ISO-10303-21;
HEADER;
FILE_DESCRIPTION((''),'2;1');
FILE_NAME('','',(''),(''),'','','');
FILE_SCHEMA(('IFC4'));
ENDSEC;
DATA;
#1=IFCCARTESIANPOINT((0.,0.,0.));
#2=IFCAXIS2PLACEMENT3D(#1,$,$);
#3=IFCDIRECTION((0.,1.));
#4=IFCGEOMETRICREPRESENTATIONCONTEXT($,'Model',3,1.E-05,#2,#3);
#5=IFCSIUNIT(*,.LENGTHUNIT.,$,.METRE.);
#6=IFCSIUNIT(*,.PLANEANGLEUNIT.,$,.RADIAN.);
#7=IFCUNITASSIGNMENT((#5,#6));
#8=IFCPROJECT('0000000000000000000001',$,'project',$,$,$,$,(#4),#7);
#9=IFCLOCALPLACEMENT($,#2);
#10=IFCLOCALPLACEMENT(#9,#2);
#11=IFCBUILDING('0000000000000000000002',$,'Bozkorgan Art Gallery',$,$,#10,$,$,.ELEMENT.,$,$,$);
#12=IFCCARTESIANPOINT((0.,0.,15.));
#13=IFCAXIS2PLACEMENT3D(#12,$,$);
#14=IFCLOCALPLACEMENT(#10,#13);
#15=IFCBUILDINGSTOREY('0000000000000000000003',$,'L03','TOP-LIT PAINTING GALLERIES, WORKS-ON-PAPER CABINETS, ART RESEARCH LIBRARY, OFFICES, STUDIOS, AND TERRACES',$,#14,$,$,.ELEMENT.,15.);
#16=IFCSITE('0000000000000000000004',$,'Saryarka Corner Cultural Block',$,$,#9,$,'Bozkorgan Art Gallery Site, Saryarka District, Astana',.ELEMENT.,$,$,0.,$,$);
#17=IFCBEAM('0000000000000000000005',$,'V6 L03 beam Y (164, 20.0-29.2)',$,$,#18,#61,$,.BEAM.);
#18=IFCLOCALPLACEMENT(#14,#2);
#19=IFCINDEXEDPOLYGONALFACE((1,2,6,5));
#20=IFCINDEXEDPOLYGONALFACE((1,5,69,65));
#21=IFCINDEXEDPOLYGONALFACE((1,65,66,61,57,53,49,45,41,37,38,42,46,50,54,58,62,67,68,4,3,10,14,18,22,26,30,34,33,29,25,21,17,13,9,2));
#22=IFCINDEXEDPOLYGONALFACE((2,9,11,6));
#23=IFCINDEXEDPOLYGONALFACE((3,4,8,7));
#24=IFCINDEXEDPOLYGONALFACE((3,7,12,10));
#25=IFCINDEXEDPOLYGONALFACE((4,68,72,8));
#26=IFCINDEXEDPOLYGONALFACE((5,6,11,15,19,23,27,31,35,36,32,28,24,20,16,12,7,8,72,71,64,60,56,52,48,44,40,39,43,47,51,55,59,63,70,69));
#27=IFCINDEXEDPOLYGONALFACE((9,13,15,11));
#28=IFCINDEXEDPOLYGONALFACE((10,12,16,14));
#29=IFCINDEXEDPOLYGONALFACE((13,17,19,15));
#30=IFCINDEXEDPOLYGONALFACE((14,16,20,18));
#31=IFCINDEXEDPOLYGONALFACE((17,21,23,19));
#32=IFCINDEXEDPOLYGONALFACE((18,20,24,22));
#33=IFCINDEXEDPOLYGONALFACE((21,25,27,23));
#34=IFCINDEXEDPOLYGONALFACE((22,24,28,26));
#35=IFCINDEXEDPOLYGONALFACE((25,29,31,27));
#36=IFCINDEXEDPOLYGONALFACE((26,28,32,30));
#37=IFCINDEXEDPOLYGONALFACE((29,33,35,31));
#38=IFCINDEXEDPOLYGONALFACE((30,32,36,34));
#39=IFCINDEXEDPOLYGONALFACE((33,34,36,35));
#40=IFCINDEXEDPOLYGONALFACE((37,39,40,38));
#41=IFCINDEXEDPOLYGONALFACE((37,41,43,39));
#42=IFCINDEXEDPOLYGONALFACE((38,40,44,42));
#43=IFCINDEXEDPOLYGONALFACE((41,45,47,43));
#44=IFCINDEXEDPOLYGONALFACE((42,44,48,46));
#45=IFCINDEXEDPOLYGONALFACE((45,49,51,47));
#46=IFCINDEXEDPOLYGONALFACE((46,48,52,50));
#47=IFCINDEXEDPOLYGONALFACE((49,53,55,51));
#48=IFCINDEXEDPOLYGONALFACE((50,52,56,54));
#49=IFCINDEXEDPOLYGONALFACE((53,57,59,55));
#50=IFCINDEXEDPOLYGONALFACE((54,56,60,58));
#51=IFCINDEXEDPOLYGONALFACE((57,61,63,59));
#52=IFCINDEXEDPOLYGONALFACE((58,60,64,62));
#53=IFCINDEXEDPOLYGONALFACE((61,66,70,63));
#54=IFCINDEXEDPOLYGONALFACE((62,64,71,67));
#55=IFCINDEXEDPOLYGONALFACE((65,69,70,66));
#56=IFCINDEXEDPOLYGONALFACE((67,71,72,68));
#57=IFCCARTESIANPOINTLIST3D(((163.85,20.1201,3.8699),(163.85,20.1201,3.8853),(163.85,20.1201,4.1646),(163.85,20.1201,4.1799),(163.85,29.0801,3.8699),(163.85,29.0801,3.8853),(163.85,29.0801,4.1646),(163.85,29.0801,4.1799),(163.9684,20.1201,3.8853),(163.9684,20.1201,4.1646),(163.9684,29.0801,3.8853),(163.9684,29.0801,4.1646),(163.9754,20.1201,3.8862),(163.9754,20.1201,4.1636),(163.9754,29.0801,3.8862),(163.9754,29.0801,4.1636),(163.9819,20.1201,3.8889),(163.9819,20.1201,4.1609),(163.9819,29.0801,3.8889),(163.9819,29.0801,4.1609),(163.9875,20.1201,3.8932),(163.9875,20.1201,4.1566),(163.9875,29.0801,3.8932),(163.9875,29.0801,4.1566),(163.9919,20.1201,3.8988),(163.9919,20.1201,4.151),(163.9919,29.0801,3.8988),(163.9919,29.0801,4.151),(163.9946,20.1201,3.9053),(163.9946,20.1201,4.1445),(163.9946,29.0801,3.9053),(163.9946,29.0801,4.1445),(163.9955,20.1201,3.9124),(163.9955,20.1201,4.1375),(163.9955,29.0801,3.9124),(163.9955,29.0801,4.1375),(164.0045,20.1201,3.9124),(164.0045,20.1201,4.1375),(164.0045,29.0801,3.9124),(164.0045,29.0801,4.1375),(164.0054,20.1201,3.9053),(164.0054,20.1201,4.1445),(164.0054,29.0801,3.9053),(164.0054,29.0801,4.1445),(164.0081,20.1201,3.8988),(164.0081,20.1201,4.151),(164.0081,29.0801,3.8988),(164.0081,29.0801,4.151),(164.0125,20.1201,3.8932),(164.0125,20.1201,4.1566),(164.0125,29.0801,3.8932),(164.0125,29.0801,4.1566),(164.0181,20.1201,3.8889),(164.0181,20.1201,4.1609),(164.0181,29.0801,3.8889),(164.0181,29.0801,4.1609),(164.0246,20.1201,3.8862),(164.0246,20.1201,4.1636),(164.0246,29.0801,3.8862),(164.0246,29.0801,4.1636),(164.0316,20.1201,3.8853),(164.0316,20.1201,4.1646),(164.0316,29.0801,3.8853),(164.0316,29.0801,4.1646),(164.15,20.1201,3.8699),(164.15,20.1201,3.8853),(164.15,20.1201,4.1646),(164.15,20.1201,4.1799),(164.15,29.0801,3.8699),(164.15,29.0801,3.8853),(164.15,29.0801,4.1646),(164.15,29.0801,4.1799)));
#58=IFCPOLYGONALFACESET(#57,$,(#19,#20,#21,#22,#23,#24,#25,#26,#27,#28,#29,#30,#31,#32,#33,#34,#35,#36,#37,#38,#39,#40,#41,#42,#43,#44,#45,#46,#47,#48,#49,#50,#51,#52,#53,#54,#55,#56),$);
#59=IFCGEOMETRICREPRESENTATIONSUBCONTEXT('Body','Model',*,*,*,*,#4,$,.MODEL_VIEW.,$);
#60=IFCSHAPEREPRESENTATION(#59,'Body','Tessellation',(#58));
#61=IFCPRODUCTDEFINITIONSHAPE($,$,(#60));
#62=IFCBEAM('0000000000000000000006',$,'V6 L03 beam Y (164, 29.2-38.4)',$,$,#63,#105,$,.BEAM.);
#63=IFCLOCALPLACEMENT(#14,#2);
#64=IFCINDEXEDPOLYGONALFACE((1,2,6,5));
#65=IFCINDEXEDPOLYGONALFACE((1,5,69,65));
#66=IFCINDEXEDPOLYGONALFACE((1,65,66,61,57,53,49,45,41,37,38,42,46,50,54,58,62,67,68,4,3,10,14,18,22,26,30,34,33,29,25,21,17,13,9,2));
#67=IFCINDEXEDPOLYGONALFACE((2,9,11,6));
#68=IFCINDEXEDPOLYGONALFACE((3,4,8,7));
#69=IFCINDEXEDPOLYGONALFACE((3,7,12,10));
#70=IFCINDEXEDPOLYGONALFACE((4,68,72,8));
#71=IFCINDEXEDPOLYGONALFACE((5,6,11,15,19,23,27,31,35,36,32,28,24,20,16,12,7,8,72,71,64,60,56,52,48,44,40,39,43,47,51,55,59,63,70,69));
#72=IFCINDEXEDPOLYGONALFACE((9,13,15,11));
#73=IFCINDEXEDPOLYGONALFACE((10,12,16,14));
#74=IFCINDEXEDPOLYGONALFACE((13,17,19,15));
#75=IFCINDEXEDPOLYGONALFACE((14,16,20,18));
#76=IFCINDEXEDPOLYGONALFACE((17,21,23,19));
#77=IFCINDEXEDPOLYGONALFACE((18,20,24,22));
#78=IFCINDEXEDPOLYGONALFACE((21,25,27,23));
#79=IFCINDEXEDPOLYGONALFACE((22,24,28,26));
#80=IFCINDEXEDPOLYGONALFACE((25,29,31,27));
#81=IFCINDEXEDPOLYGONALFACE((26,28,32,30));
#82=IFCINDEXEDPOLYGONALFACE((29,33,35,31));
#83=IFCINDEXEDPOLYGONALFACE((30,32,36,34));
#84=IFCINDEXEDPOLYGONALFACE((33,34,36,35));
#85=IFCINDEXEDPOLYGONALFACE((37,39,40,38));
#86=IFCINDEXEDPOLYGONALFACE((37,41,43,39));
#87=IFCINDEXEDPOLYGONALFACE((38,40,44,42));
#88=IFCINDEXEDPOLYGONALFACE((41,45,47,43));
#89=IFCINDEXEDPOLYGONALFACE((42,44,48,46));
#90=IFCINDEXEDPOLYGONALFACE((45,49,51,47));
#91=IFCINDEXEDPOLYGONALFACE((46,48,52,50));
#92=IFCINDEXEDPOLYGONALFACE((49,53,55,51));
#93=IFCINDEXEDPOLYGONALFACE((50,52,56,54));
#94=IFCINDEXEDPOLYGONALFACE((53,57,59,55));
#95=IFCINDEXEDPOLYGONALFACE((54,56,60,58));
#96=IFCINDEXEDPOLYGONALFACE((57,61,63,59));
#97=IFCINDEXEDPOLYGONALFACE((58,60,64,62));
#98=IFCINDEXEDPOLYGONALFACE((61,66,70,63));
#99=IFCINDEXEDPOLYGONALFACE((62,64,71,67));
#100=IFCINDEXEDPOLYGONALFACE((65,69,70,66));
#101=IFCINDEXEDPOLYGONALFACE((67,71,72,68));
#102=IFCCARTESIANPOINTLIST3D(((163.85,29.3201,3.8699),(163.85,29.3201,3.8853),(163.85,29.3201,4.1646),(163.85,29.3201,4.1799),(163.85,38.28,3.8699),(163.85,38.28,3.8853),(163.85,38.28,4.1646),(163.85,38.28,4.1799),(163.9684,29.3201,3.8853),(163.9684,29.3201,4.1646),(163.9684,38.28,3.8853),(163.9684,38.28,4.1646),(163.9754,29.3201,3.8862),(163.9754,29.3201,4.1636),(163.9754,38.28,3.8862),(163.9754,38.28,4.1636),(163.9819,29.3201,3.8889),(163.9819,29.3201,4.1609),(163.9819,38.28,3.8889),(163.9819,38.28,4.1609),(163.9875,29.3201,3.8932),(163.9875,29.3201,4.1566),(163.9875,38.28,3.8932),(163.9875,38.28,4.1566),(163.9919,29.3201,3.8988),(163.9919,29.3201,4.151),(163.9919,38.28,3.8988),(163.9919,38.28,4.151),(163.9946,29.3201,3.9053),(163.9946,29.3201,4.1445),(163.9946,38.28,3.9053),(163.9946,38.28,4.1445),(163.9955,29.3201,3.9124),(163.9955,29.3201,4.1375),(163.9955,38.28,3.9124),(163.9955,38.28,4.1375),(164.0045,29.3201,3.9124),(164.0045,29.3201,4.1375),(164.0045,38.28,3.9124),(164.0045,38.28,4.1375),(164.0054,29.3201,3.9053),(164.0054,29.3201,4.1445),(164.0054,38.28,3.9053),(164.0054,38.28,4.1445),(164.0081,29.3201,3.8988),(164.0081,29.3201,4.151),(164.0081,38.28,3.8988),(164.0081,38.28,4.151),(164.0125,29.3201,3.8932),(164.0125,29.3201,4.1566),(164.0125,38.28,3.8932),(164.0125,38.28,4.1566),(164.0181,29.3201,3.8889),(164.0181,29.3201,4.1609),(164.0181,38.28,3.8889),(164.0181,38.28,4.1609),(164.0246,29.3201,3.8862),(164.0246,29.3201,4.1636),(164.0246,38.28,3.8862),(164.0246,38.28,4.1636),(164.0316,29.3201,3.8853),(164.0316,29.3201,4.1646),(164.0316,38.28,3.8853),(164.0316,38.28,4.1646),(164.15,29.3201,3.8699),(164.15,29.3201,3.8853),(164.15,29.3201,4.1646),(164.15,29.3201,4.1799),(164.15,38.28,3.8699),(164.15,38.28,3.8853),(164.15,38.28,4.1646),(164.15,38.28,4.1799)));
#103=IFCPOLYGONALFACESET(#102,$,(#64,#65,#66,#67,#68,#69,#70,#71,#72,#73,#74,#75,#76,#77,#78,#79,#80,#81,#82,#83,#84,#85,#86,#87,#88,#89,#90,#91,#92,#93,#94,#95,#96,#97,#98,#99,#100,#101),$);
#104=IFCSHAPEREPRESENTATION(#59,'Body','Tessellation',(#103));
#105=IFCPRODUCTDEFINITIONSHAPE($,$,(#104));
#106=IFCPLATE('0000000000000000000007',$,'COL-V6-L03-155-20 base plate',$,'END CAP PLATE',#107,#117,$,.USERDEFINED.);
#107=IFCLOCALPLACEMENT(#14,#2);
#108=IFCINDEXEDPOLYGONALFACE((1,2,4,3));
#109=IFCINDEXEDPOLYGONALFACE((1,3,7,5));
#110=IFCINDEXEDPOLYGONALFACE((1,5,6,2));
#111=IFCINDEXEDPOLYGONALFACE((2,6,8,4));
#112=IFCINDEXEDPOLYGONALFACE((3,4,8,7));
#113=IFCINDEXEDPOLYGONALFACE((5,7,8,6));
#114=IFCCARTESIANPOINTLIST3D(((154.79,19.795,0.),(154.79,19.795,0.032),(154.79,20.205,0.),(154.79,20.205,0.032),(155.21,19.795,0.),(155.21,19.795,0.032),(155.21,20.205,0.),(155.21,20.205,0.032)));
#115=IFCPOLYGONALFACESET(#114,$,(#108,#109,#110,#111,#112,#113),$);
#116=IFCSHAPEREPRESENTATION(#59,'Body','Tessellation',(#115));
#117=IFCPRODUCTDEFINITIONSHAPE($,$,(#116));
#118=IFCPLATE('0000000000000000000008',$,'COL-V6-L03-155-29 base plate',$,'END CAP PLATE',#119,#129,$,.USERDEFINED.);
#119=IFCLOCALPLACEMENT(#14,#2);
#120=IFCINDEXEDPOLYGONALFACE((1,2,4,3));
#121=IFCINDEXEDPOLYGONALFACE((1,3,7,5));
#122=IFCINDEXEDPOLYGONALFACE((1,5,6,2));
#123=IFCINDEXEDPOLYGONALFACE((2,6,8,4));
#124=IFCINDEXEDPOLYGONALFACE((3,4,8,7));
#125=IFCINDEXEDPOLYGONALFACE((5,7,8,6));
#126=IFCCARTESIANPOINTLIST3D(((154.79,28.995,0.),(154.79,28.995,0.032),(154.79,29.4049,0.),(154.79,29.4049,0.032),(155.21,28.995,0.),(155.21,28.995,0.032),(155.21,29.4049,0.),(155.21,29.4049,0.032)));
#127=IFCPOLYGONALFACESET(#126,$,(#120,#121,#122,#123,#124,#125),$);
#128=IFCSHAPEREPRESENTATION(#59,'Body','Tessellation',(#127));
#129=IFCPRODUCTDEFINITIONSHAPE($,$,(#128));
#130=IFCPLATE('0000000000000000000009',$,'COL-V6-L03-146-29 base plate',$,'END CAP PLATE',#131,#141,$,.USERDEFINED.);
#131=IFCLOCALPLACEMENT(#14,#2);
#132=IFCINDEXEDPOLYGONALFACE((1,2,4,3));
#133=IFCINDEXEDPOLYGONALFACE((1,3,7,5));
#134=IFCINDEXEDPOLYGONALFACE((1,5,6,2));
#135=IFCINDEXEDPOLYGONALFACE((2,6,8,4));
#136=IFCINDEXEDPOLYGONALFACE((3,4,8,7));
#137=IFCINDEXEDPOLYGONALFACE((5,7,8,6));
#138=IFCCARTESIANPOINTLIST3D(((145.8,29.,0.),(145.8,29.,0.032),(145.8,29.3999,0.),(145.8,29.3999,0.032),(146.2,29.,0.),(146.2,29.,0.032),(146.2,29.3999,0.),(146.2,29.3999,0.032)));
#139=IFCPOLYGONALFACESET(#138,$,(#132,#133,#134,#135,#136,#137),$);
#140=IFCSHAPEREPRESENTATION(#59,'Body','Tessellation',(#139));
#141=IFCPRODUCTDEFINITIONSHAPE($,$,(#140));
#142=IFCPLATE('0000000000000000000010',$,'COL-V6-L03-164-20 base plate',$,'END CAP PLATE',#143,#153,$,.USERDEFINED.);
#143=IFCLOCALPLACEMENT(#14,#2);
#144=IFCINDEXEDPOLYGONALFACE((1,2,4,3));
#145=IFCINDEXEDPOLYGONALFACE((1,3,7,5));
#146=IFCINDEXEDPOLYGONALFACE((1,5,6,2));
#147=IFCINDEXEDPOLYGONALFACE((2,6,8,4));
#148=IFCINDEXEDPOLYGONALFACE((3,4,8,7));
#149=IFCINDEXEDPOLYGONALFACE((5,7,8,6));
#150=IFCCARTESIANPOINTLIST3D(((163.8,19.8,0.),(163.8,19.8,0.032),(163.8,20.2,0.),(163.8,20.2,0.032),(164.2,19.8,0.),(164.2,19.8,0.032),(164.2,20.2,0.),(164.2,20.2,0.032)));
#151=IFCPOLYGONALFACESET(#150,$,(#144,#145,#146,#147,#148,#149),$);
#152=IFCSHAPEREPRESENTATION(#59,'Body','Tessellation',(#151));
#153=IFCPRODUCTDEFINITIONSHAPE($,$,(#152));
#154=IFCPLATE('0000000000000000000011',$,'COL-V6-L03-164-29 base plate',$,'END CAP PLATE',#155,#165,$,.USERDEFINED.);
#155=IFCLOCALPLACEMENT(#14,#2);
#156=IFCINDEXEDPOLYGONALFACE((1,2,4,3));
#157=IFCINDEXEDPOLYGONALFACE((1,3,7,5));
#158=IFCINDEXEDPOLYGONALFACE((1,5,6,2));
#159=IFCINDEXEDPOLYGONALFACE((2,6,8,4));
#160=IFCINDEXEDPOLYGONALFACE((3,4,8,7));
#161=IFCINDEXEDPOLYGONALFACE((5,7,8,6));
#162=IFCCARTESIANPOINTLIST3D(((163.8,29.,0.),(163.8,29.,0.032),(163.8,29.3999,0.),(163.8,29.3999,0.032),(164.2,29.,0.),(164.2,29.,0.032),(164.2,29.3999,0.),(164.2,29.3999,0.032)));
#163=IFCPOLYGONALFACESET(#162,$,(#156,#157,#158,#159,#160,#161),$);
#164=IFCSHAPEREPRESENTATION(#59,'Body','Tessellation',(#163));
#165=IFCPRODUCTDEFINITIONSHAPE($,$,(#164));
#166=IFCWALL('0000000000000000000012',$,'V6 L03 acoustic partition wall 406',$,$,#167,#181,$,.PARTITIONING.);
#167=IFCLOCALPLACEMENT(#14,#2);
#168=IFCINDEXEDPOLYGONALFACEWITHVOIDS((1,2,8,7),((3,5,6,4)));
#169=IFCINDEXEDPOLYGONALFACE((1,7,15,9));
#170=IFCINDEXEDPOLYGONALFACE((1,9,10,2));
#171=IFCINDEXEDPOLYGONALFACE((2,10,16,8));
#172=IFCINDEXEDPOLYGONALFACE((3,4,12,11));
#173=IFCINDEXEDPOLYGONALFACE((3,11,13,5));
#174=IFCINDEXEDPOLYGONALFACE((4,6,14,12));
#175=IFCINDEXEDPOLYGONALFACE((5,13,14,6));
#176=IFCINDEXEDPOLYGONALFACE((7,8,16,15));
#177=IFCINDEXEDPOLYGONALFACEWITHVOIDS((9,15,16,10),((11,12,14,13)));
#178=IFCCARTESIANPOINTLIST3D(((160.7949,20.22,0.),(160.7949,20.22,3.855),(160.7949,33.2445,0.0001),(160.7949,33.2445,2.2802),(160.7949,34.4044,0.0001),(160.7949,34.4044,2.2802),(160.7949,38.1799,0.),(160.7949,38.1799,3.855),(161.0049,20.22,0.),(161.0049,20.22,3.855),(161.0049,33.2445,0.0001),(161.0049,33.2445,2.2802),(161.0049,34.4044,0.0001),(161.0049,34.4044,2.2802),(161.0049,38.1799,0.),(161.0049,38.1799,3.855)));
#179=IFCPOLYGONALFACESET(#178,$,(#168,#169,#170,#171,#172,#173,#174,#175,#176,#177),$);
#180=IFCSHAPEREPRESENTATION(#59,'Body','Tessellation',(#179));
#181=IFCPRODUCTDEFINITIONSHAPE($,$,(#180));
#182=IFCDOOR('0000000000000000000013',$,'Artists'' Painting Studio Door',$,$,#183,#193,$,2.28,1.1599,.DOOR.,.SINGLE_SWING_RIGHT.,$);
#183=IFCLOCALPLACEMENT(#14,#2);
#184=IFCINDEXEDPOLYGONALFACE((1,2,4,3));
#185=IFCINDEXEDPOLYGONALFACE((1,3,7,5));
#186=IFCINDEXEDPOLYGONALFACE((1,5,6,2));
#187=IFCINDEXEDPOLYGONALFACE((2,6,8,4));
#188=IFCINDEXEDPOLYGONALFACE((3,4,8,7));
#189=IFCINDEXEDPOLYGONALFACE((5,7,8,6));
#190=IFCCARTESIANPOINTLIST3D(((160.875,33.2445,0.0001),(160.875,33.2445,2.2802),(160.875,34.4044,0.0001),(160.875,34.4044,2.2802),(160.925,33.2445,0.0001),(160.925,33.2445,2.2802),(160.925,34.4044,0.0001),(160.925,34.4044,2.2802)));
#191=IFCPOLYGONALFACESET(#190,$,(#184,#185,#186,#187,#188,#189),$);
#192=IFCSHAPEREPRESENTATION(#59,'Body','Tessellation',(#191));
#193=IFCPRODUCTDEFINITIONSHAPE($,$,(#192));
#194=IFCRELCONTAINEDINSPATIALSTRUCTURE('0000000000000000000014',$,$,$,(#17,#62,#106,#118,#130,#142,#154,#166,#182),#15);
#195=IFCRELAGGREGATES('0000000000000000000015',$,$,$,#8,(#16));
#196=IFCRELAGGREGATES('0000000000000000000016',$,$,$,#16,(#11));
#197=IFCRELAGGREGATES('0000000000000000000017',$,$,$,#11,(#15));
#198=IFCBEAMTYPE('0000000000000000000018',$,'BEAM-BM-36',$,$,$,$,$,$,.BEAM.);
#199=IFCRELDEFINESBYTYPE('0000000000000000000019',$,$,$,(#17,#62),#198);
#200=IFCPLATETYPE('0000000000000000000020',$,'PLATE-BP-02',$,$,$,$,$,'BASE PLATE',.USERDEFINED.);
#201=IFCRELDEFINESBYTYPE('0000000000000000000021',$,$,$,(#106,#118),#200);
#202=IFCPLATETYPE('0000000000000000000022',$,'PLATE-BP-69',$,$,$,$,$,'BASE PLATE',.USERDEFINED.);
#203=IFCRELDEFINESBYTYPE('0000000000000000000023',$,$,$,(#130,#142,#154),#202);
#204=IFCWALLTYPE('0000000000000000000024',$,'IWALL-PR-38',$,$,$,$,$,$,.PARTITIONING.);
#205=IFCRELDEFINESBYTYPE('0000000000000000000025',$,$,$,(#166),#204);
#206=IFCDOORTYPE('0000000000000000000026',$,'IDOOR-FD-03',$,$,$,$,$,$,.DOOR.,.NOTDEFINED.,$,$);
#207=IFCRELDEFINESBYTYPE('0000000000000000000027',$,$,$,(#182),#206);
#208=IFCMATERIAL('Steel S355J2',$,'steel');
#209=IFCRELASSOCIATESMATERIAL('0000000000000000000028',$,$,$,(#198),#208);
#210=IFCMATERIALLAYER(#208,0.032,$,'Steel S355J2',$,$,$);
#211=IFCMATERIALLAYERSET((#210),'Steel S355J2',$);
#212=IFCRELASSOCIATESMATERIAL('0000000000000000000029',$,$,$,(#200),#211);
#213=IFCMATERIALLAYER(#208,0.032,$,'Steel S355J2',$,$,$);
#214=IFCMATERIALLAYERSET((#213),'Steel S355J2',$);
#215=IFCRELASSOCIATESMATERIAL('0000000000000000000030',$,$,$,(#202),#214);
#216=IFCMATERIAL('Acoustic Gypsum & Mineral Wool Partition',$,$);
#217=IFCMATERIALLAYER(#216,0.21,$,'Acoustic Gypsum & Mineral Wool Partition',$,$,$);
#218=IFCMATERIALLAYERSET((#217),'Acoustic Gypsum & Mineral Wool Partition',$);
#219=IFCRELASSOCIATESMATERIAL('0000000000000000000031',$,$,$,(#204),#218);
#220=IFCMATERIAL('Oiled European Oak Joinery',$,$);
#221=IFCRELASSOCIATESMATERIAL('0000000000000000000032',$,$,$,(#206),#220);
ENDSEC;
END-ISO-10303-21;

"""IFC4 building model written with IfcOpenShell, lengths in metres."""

from ifc_helpers import new_model, si_unit, direction, frame, frame_2d, origin, origin_2d, place, context, subcontext, project, spatial, rectangle, i_section, extrude, material, layer, layer_set, material_profile, profile_set, type_object, element, fill, save


model = new_model("IFC4")

# Units and contexts
model_context = context("Model", 3, precision=1e-05, world=origin(), true_north=direction((0.0, 1.0)))
body_context = subcontext(model_context, "Body", "Model", "MODEL_VIEW")
ifc_project = project(units=[si_unit("LENGTHUNIT", "METRE"), si_unit("PLANEANGLEUNIT", "RADIAN")], contexts=[model_context])

# Site, building, storey
site_placement = place(None, origin())
site = spatial("IfcSite", under=ifc_project, at=site_placement, Name="Saryarka Corner Cultural Block", LongName="Bozkorgan Art Gallery Site, Saryarka District, Astana", CompositionType="ELEMENT", RefElevation=0.0)
building_placement = place(site_placement, origin())
building = spatial("IfcBuilding", under=site, at=building_placement, Name="Bozkorgan Art Gallery", CompositionType="ELEMENT")
storey_placement = place(building_placement, frame((0.0, 0.0, 15.0)))
storey = spatial("IfcBuildingStorey", under=building, at=storey_placement, Name="L03", Description="TOP-LIT PAINTING GALLERIES, WORKS-ON-PAPER CABINETS, ART RESEARCH LIBRARY, OFFICES, STUDIOS, AND TERRACES", CompositionType="ELEMENT", Elevation=15.0)

# Shared definitions
ifc_material_1 = material(Name="Steel S355J2", Category="steel")

# Beams
ifc_material_profile_1 = material_profile(ifc_material_1, i_section(OverallWidth=0.3, OverallDepth=0.3101, WebThickness=0.009, FlangeThickness=0.0154, FilletRadius=0.0271, at=origin_2d()), Name="HEA 320")
ifc_profile_set_1 = profile_set([ifc_material_profile_1], Name="Steel S355J2")
beam_type = type_object("IfcBeamType", Name="BEAM-BM-36", PredefinedType="BEAM", material=ifc_profile_set_1)
for number, where, z_axis, x_axis, name in (
    (1, (164.0, 20.1201, 4.0249), (0.0, 1.0, 0.0), (-1.0, 0.0, 0.0), "V6 L03 beam Y (164, 20.0-29.2)"),
    (2, (164.0, 29.3201, 4.0249), (0.0, 1.0, 0.0), (-1.0, 0.0, 0.0), "V6 L03 beam Y (164, 29.2-38.4)"),
):
    element("IfcBeam", number, at=place(storey_placement, frame(where, z_axis=z_axis, x_axis=x_axis)), inside=storey, type_object=beam_type, Name=name, PredefinedType="BEAM", context=body_context, shape_type="SweptSolid", body=[
        extrude(i_section(OverallWidth=0.3, OverallDepth=0.3101, WebThickness=0.009, FlangeThickness=0.0154, FilletRadius=0.0271, at=origin_2d()), origin(), (0.0, 0.0, 1.0), 8.96),
    ])

# Plates
ifc_layer_1 = layer(ifc_material_1, 0.032, Name="Steel S355J2")
ifc_layer_set_1 = layer_set([ifc_layer_1], Name="Steel S355J2")
plate_type_1 = type_object("IfcPlateType", Name="PLATE-BP-02", ElementType="BASE PLATE", PredefinedType="USERDEFINED", material=ifc_layer_set_1)
for number, where, z_axis, x_axis, name in (
    (3, (155.0, 20.0, 0.0), (0.0, 0.0, 1.0), (1.0, 0.0, 0.0), "COL-V6-L03-155-20 base plate"),
    (4, (155.0, 29.2, 0.0), (0.0, 0.0, 1.0), (1.0, 0.0, 0.0), "COL-V6-L03-155-29 base plate"),
):
    element("IfcPlate", number, at=place(storey_placement, frame(where, z_axis=z_axis, x_axis=x_axis)), inside=storey, type_object=plate_type_1, Name=name, ObjectType="END CAP PLATE", PredefinedType="USERDEFINED", context=body_context, shape_type="SweptSolid", body=[
        extrude(rectangle(XDim=0.4199, YDim=0.4099, at=origin_2d()), origin(), (0.0, 0.0, 1.0), 0.032),
    ])
ifc_layer_2 = layer(ifc_material_1, 0.032, Name="Steel S355J2")
ifc_layer_set_2 = layer_set([ifc_layer_2], Name="Steel S355J2")
plate_type_2 = type_object("IfcPlateType", Name="PLATE-BP-69", ElementType="BASE PLATE", PredefinedType="USERDEFINED", material=ifc_layer_set_2)
for number, where, z_axis, x_axis, name in (
    (5, (146.0, 29.2, 0.0), (0.0, 0.0, 1.0), (1.0, 0.0, 0.0), "COL-V6-L03-146-29 base plate"),
    (6, (164.0, 20.0, 0.0), (0.0, 0.0, 1.0), (1.0, 0.0, 0.0), "COL-V6-L03-164-20 base plate"),
    (7, (164.0, 29.2, 0.0), (0.0, 0.0, 1.0), (1.0, 0.0, 0.0), "COL-V6-L03-164-29 base plate"),
):
    element("IfcPlate", number, at=place(storey_placement, frame(where, z_axis=z_axis, x_axis=x_axis)), inside=storey, type_object=plate_type_2, Name=name, ObjectType="END CAP PLATE", PredefinedType="USERDEFINED", context=body_context, shape_type="SweptSolid", body=[
        extrude(rectangle(XDim=0.3999, YDim=0.3999, at=origin_2d()), origin(), (0.0, 0.0, 1.0), 0.032),
    ])

# Wall, opening, door
ifc_material_2 = material(Name="Acoustic Gypsum & Mineral Wool Partition")
ifc_layer_3 = layer(ifc_material_2, 0.21, Name="Acoustic Gypsum & Mineral Wool Partition")
ifc_layer_set_3 = layer_set([ifc_layer_3], Name="Acoustic Gypsum & Mineral Wool Partition")
wall_type_1 = type_object("IfcWallType", Name="IWALL-PR-38", PredefinedType="PARTITIONING", material=ifc_layer_set_3)
wall_1_placement = place(storey_placement, frame((160.8999, 20.22, 0.0), z_axis=(0.0, 0.0, 1.0), x_axis=(0.0, 1.0, 0.0)))
wall_1 = element("IfcWall", 8, at=wall_1_placement, inside=storey, type_object=wall_type_1, Name="V6 L03 acoustic partition wall 406", PredefinedType="PARTITIONING", context=body_context, shape_type="SweptSolid", body=[
    extrude(rectangle(XDim=17.96, YDim=0.21, at=frame_2d((8.98, 0.0))), origin(), (0.0, 0.0, 1.0), 3.855),
])
opening_1_placement = place(wall_1_placement, frame((13.0244, 0.0, 0.0)))
opening_1 = element("IfcOpeningElement", 9, at=opening_1_placement, cuts=wall_1, PredefinedType="OPENING", context=body_context, shape_type="SweptSolid", body=[
    extrude(rectangle(XDim=1.1599, YDim=2.28, at=frame_2d((0.5801, 1.1401))), frame((0.0, 0.115, 0.0), z_axis=(0.0, -1.0, 0.0), x_axis=(1.0, 0.0, 0.0)), (0.0, 0.0, 1.0), 0.23),
])
ifc_material_3 = material(Name="Oiled European Oak Joinery")
door_type_1 = type_object("IfcDoorType", Name="IDOOR-FD-03", OperationType="NOTDEFINED", PredefinedType="DOOR", material=ifc_material_3)
door_1_placement = place(opening_1_placement, origin())
door_1 = element("IfcDoor", 10, at=door_1_placement, inside=storey, type_object=door_type_1, Name="Artists' Painting Studio Door", OperationType="SINGLE_SWING_RIGHT", OverallHeight=2.28, OverallWidth=1.1599, PredefinedType="DOOR", context=body_context, shape_type="SweptSolid", body=[
    extrude(rectangle(XDim=1.1599, YDim=2.28, at=frame_2d((0.5801, 1.1401))), frame((0.0, 0.0249, 0.0), z_axis=(0.0, -1.0, 0.0), x_axis=(1.0, 0.0, 0.0)), (0.0, 0.0, 1.0), 0.05),
])
fill(opening_1, door_1)

save(model, "model.ifc")
